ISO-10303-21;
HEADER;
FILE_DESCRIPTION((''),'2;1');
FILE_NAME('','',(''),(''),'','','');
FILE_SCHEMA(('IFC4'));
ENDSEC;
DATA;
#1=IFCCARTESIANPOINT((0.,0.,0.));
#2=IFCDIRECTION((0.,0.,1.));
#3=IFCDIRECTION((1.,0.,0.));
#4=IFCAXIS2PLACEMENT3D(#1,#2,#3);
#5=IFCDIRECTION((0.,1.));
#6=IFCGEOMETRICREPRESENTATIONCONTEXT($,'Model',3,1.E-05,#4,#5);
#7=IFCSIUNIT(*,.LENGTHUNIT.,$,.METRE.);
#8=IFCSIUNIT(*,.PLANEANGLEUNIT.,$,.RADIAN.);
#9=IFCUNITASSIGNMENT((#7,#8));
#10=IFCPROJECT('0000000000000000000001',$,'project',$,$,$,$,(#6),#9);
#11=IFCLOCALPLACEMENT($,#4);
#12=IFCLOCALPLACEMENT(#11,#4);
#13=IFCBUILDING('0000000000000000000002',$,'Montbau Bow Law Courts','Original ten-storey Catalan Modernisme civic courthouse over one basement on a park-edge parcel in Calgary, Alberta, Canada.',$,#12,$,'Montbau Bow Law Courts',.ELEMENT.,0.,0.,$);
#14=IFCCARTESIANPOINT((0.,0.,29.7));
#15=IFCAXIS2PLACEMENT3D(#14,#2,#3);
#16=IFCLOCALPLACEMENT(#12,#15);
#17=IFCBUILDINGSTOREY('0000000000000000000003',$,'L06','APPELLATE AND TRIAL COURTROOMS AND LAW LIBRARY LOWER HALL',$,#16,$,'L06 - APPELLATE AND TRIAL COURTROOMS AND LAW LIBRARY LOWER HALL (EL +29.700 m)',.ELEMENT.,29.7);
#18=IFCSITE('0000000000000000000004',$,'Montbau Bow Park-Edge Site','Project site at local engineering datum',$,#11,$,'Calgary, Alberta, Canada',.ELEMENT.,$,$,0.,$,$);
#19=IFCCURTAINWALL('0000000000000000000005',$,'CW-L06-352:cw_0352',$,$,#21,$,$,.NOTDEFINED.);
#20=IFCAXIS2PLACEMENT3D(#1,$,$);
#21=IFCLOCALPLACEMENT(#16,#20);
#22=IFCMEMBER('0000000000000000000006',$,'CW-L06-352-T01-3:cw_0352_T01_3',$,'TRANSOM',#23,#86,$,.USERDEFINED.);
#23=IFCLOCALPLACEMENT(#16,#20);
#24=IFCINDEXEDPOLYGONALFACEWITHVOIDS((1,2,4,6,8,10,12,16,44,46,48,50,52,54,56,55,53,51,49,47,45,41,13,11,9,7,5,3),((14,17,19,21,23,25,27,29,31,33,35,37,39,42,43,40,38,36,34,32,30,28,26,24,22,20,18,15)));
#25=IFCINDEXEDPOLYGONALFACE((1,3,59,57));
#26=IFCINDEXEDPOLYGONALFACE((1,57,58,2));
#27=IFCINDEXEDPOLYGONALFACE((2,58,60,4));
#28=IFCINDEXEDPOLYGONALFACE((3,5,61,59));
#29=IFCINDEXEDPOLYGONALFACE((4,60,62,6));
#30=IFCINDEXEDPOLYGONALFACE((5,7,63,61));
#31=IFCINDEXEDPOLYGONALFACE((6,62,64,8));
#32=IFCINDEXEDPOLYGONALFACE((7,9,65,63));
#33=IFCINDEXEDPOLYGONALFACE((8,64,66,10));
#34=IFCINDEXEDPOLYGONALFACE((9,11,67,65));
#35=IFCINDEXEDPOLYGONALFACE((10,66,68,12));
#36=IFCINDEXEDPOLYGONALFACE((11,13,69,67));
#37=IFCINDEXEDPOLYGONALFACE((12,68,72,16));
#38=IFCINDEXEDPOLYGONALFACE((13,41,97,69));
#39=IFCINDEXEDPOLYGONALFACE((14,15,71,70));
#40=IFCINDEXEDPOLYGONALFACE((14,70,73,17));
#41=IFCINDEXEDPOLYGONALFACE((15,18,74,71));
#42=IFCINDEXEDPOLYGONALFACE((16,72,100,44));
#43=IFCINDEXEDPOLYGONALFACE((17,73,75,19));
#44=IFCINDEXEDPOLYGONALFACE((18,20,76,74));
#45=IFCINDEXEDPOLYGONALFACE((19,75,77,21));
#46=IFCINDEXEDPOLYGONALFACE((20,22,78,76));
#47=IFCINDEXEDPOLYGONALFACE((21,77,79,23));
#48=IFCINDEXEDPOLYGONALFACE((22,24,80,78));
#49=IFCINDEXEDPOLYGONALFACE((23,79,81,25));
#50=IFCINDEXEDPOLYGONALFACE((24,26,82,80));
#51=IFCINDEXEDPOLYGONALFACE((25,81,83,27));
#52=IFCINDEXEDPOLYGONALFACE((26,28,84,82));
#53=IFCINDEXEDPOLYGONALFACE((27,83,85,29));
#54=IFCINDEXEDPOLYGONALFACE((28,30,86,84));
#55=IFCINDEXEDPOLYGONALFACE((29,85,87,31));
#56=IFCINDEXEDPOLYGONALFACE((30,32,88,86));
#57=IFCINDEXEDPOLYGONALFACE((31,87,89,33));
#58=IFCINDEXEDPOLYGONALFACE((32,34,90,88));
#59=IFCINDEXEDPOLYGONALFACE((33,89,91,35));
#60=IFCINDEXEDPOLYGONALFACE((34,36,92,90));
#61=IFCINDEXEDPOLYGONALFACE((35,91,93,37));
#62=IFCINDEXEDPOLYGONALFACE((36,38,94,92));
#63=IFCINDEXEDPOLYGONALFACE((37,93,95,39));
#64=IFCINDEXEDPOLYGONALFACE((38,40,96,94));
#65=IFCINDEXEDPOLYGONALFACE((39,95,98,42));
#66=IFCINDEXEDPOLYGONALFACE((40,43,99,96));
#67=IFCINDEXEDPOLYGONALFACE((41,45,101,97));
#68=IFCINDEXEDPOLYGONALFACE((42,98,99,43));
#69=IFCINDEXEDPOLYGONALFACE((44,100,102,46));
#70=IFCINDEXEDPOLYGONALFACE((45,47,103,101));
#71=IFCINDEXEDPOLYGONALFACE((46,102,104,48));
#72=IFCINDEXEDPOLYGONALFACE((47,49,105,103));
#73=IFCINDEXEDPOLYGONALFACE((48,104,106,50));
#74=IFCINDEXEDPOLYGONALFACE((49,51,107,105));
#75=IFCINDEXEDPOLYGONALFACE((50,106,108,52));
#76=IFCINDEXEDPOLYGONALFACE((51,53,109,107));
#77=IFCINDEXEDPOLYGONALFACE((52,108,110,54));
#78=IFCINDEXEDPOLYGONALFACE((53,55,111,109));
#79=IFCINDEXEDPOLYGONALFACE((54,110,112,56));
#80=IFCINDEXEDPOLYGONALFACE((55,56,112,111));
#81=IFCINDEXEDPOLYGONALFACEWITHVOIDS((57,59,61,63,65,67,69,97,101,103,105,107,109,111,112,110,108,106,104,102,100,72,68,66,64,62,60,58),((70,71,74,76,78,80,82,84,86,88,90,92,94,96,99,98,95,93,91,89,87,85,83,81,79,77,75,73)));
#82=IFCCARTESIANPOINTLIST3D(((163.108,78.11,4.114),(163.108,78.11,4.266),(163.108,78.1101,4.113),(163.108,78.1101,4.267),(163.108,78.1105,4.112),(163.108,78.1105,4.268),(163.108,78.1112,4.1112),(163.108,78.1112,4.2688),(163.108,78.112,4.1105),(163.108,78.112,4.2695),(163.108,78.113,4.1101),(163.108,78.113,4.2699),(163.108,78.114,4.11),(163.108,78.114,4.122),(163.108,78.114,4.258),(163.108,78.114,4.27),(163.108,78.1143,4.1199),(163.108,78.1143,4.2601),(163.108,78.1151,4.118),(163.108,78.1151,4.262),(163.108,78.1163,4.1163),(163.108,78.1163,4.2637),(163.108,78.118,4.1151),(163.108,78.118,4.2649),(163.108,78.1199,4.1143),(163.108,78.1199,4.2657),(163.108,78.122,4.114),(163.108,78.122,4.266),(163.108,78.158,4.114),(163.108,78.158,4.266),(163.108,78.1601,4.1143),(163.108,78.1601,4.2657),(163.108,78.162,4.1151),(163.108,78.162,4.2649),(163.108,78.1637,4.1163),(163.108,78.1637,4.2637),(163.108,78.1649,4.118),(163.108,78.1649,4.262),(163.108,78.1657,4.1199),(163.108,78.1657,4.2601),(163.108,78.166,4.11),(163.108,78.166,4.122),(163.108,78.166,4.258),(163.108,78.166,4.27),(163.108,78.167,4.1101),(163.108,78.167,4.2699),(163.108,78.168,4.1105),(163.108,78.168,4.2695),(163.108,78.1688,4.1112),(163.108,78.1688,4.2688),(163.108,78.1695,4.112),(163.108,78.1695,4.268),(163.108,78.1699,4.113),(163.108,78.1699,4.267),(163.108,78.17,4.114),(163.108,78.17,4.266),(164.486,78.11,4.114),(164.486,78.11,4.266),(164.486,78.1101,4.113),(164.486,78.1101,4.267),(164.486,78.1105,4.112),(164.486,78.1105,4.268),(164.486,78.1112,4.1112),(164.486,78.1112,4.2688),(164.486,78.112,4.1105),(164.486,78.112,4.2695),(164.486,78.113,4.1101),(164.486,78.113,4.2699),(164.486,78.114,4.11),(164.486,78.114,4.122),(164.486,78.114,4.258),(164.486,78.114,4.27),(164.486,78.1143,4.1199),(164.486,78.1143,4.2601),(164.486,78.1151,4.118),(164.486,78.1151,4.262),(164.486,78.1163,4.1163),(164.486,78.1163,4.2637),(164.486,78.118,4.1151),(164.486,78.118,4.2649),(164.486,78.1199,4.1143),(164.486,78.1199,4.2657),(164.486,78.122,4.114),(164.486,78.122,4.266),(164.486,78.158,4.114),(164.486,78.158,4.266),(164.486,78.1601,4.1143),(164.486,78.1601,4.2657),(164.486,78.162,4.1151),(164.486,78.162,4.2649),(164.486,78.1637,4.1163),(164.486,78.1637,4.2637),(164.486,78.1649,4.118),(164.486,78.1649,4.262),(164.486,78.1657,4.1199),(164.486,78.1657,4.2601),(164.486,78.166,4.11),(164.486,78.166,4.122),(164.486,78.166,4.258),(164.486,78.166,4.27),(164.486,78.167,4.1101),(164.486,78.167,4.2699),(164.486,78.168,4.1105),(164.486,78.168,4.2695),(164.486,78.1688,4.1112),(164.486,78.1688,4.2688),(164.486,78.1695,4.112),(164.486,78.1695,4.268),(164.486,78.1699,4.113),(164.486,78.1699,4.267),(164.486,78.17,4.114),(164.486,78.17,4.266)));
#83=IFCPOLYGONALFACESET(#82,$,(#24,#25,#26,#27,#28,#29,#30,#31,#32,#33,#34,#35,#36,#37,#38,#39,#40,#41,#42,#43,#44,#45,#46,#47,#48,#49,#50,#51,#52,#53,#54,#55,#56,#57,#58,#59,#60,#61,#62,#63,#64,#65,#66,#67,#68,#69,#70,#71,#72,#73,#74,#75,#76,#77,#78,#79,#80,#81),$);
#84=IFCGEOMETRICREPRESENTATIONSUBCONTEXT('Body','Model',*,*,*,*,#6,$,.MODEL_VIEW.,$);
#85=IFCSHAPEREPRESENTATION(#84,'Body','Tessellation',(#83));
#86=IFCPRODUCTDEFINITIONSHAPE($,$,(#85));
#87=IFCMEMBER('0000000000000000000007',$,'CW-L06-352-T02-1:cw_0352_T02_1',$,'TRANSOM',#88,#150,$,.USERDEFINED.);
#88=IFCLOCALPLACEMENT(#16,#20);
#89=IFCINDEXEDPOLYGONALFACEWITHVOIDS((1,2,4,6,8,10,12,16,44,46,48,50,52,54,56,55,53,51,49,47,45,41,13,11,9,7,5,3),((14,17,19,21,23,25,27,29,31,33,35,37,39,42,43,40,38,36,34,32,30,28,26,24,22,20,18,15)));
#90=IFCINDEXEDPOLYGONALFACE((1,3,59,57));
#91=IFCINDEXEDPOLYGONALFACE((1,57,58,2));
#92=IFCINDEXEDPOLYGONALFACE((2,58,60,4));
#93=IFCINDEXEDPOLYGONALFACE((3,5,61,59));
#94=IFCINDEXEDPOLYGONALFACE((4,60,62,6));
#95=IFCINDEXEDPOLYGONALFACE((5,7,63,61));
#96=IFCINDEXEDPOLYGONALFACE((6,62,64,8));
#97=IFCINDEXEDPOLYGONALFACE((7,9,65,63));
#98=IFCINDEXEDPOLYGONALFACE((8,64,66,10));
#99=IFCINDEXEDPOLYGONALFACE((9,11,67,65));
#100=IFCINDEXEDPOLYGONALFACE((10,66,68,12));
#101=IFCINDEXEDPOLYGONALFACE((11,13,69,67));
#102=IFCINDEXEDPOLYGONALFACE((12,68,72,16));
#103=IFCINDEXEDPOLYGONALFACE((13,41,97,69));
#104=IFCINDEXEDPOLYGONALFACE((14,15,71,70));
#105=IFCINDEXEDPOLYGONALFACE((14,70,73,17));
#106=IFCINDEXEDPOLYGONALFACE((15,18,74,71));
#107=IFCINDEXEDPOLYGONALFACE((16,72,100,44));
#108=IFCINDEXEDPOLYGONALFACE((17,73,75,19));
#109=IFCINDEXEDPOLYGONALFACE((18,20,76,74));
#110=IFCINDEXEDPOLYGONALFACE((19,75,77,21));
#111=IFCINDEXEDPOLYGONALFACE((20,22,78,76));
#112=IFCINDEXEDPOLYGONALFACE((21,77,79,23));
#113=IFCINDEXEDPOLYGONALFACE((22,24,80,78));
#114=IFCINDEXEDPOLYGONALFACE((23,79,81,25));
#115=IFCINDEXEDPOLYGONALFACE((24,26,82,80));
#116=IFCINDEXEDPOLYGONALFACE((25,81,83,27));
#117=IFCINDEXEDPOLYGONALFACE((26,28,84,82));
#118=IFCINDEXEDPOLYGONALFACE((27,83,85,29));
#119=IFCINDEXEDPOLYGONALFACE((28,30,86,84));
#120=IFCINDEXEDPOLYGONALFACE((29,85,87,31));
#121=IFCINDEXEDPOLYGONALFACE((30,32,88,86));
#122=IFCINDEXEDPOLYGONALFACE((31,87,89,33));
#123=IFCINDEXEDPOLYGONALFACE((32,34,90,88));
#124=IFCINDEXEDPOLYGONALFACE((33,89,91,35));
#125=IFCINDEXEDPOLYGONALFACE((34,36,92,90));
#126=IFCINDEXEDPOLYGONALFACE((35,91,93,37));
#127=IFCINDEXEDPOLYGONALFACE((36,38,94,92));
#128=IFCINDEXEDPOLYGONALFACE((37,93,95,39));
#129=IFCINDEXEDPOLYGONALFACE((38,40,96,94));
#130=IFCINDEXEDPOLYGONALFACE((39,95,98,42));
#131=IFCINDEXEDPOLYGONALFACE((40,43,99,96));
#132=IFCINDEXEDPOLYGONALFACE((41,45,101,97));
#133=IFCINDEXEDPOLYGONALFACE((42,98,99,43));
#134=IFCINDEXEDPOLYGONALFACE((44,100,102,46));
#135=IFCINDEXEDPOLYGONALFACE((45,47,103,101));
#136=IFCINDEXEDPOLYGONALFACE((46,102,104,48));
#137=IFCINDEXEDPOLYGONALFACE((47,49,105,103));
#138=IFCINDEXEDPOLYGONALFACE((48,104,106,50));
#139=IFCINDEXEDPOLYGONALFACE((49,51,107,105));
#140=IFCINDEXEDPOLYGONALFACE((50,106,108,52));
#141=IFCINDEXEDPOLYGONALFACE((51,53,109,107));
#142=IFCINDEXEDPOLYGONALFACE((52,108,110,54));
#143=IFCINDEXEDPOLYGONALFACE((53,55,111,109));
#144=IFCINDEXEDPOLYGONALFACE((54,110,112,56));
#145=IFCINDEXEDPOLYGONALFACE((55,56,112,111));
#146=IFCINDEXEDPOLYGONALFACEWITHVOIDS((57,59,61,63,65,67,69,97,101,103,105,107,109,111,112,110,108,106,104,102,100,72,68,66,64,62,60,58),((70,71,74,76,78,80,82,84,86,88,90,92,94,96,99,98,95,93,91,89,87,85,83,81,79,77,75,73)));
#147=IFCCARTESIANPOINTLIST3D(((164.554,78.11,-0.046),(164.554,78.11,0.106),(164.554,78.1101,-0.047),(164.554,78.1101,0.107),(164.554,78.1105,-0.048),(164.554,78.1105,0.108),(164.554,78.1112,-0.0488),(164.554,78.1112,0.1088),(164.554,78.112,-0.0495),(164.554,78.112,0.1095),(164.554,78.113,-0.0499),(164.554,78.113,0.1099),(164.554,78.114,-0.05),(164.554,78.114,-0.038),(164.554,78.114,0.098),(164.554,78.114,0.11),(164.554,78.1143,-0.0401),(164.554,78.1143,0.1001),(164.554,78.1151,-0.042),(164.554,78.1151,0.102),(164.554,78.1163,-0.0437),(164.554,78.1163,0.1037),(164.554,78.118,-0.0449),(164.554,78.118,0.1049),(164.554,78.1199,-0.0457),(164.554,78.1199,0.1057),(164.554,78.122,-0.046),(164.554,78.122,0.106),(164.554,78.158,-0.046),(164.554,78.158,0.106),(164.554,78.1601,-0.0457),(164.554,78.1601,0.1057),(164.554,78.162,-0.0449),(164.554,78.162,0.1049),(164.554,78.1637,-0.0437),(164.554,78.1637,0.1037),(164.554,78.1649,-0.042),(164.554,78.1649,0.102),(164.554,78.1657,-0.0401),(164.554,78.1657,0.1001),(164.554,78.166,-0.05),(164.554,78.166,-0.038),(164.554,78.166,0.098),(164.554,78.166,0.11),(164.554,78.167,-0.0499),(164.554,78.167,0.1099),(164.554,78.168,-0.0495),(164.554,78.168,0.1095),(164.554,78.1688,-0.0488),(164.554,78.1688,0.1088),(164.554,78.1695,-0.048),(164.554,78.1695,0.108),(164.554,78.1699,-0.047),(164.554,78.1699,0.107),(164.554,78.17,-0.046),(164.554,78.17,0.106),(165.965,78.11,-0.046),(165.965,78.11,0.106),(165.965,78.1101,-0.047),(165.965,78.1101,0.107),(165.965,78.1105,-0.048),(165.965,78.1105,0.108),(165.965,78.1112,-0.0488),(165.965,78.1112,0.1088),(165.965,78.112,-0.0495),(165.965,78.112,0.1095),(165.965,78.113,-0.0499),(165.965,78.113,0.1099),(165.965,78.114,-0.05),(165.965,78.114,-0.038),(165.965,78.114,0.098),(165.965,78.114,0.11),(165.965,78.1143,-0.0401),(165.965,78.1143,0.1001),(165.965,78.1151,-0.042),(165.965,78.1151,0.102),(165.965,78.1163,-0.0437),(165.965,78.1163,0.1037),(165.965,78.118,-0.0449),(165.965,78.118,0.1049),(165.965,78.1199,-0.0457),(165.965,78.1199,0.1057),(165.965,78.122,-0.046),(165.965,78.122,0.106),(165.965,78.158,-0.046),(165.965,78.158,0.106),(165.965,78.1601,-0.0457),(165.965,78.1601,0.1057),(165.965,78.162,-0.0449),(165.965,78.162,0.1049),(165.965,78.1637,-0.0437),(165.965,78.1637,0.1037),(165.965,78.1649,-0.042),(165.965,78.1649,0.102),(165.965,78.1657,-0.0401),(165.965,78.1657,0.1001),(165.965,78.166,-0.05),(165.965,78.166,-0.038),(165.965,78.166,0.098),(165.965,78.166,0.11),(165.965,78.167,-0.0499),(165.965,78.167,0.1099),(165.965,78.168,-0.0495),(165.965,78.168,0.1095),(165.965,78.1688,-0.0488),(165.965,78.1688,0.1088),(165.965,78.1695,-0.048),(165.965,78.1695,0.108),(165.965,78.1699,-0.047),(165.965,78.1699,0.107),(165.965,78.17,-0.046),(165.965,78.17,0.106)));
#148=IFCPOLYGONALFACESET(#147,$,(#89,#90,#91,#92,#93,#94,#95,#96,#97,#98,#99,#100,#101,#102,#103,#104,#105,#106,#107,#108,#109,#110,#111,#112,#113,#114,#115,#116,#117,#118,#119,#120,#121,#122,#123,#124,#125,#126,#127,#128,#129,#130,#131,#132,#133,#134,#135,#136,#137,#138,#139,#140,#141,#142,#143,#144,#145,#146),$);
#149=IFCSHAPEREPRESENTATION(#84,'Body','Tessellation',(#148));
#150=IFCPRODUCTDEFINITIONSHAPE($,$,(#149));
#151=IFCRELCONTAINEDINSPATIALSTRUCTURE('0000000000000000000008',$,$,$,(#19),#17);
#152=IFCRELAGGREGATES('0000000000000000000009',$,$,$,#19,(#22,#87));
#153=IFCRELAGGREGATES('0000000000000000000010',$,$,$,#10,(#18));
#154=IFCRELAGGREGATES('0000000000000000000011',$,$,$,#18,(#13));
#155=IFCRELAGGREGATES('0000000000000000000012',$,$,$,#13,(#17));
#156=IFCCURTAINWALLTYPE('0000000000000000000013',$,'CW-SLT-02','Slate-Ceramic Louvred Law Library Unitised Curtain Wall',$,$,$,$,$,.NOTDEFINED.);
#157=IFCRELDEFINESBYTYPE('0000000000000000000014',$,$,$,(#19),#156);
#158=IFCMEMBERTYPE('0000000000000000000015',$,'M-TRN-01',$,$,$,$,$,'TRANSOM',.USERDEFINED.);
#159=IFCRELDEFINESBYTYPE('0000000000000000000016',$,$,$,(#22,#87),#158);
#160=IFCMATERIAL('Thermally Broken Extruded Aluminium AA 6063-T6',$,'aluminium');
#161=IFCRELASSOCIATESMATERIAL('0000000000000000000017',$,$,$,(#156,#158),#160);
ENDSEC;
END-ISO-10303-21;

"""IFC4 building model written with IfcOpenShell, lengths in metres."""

from ifc_helpers import new_model, si_unit, direction, frame, origin_with_axes, origin_2d_with_axis, place, context, subcontext, project, spatial, hollow_rectangle, extrude, material, material_profile, profile_set, type_object, element, aggregate, save


model = new_model("IFC4")

# Units and contexts
model_context = context("Model", 3, precision=1e-05, world=origin_with_axes(), true_north=direction((0.0, 1.0)))
body_context = subcontext(model_context, "Body", "Model", "MODEL_VIEW")
ifc_project = project(units=[si_unit("LENGTHUNIT", "METRE"), si_unit("PLANEANGLEUNIT", "RADIAN")], contexts=[model_context])

# Site, building, storey
site_placement = place(None, origin_with_axes())
site = spatial("IfcSite", under=ifc_project, at=site_placement, Name="Montbau Bow Park-Edge Site", Description="Project site at local engineering datum", LongName="Calgary, Alberta, Canada", CompositionType="ELEMENT", RefElevation=0.0)
building_placement = place(site_placement, origin_with_axes())
building = spatial("IfcBuilding", under=site, at=building_placement, Name="Montbau Bow Law Courts", Description="Original ten-storey Catalan Modernisme civic courthouse over one basement on a park-edge parcel in Calgary, Alberta, Canada.", LongName="Montbau Bow Law Courts", CompositionType="ELEMENT", ElevationOfRefHeight=0.0, ElevationOfTerrain=0.0)
storey_placement = place(building_placement, frame((0.0, 0.0, 29.7), z_axis=(0.0, 0.0, 1.0), x_axis=(1.0, 0.0, 0.0)))
storey = spatial("IfcBuildingStorey", under=building, at=storey_placement, Name="L06", Description="APPELLATE AND TRIAL COURTROOMS AND LAW LIBRARY LOWER HALL", LongName="L06 - APPELLATE AND TRIAL COURTROOMS AND LAW LIBRARY LOWER HALL (EL +29.700 m)", CompositionType="ELEMENT", Elevation=29.7)

# Curtain wall, members
ifc_material_1 = material(Name="Thermally Broken Extruded Aluminium AA 6063-T6", Category="aluminium")
curtain_wall_type = type_object("IfcCurtainWallType", Name="CW-SLT-02", Description="Slate-Ceramic Louvred Law Library Unitised Curtain Wall", PredefinedType="NOTDEFINED", material=ifc_material_1)
curtain_wall_placement = place(None, frame((163.04, 78.14, 29.7), z_axis=(0.0, 0.0, 1.0), x_axis=(1.0, 0.0, 0.0)))
curtain_wall = element("IfcCurtainWall", 1, at=curtain_wall_placement, inside=storey, type_object=curtain_wall_type, Name="CW-L06-352:cw_0352", PredefinedType="NOTDEFINED")
ifc_material_profile_1 = material_profile(ifc_material_1, hollow_rectangle(XDim=0.06, YDim=0.16, WallThickness=0.004, InnerFilletRadius=0.008, OuterFilletRadius=0.004, at=origin_2d_with_axis()), Name="CWT-160X60", Category="Main", Priority=0)
ifc_profile_set_1 = profile_set([ifc_material_profile_1], Name="Thermally Broken Extruded Aluminium AA 6063-T6")
member_type_1 = type_object("IfcMemberType", Name="M-TRN-01", ElementType="TRANSOM", PredefinedType="USERDEFINED", material=ifc_profile_set_1)
member_1_placement = place(None, frame((163.108, 78.14, 33.89), z_axis=(1.0, 0.0, 0.0), x_axis=(0.0, 1.0, 0.0)))
member_1 = element("IfcMember", 2, at=member_1_placement, type_object=member_type_1, Name="CW-L06-352-T01-3:cw_0352_T01_3", ObjectType="TRANSOM", PredefinedType="USERDEFINED", context=body_context, shape_type="SweptSolid", body=[
    extrude(hollow_rectangle(XDim=0.06, YDim=0.16, WallThickness=0.004, InnerFilletRadius=0.008, OuterFilletRadius=0.004, at=origin_2d_with_axis()), origin_with_axes(), (0.0, 0.0, 1.0), 1.378),
])
member_2_placement = place(None, frame((164.554, 78.14, 29.73), z_axis=(1.0, 0.0, 0.0), x_axis=(0.0, 1.0, 0.0)))
member_2 = element("IfcMember", 3, at=member_2_placement, type_object=member_type_1, Name="CW-L06-352-T02-1:cw_0352_T02_1", ObjectType="TRANSOM", PredefinedType="USERDEFINED", context=body_context, shape_type="SweptSolid", body=[
    extrude(hollow_rectangle(XDim=0.06, YDim=0.16, WallThickness=0.004, InnerFilletRadius=0.008, OuterFilletRadius=0.004, at=origin_2d_with_axis()), origin_with_axes(), (0.0, 0.0, 1.0), 1.411),
])
aggregate(curtain_wall, [member_1, member_2])

save(model, "model.ifc")
